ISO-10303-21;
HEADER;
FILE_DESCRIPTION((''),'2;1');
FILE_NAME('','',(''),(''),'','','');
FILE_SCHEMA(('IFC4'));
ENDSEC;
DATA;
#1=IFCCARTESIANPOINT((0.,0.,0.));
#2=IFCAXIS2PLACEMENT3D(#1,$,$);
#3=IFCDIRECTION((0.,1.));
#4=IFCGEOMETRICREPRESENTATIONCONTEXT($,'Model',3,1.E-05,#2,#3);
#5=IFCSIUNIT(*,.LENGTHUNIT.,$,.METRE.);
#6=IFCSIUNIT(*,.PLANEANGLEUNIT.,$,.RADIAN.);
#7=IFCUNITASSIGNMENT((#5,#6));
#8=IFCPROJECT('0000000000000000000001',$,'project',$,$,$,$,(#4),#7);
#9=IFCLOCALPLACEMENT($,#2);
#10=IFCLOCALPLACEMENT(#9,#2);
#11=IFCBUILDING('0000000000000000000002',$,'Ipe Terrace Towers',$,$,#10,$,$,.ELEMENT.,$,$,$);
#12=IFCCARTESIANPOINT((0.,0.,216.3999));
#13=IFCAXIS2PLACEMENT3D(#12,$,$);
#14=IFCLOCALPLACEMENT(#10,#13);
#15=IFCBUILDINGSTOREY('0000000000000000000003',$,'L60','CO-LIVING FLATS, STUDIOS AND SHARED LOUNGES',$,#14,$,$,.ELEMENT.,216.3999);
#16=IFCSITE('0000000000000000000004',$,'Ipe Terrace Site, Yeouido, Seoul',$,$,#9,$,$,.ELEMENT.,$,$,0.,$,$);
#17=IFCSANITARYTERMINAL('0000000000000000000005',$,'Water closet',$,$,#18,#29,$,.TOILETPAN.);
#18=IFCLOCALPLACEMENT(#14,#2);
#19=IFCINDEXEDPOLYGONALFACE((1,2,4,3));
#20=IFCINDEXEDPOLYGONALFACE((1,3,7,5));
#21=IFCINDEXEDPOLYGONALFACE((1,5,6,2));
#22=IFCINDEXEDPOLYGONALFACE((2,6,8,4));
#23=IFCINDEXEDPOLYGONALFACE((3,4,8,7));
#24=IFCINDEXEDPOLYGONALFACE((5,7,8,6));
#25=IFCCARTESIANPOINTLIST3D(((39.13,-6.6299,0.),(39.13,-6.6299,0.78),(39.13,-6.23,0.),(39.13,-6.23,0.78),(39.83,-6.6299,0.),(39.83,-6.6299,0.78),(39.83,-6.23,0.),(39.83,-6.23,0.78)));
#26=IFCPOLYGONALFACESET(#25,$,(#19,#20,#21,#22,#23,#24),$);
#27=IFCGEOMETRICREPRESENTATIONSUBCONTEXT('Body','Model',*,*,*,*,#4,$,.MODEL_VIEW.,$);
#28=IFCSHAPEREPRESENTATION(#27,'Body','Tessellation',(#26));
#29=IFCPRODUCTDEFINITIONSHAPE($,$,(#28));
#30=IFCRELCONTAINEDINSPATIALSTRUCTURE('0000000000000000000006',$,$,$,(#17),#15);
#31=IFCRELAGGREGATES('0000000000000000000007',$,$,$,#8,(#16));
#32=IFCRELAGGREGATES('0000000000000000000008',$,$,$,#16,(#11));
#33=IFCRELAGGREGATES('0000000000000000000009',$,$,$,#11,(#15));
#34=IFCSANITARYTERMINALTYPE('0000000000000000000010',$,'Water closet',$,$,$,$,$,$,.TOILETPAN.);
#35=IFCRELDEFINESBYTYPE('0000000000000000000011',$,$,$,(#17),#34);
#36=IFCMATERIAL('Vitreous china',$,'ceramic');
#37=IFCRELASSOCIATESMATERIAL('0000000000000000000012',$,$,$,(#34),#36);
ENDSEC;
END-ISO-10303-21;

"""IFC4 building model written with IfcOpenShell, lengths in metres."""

from ifc_helpers import new_model, si_unit, direction, frame, origin, origin_2d, place, context, subcontext, project, spatial, rectangle, extrude, material, type_object, element, save


model = new_model("IFC4")

# Units and contexts
model_context = context("Model", 3, precision=1e-05, world=origin(), true_north=direction((0.0, 1.0)))
body_context = subcontext(model_context, "Body", "Model", "MODEL_VIEW")
ifc_project = project(units=[si_unit("LENGTHUNIT", "METRE"), si_unit("PLANEANGLEUNIT", "RADIAN")], contexts=[model_context])

# Site, building, storey
site_placement = place(None, origin())
site = spatial("IfcSite", under=ifc_project, at=site_placement, Name="Ipe Terrace Site, Yeouido, Seoul", CompositionType="ELEMENT", RefElevation=0.0)
building_placement = place(site_placement, origin())
building = spatial("IfcBuilding", under=site, at=building_placement, Name="Ipe Terrace Towers", CompositionType="ELEMENT")
storey_placement = place(building_placement, frame((0.0, 0.0, 216.3999)))
storey = spatial("IfcBuildingStorey", under=building, at=storey_placement, Name="L60", Description="CO-LIVING FLATS, STUDIOS AND SHARED LOUNGES", CompositionType="ELEMENT", Elevation=216.3999)

# Sanitary terminal
ifc_material_1 = material(Name="Vitreous china", Category="ceramic")
sanitary_terminal_type_1 = type_object("IfcSanitaryTerminalType", Name="Water closet", PredefinedType="TOILETPAN", material=ifc_material_1)
sanitary_terminal_1_placement = place(storey_placement, frame((39.48, -6.4299, 0.0), z_axis=(0.0, 0.0, 1.0), x_axis=(-1.0, 0.0, 0.0)))
element("IfcSanitaryTerminal", 1, at=sanitary_terminal_1_placement, inside=storey, type_object=sanitary_terminal_type_1, Name="Water closet", PredefinedType="TOILETPAN", context=body_context, shape_type="SweptSolid", body=[
    extrude(rectangle(XDim=0.7, YDim=0.3999, at=origin_2d()), origin(), (0.0, 0.0, 1.0), 0.78),
])

save(model, "model.ifc")
